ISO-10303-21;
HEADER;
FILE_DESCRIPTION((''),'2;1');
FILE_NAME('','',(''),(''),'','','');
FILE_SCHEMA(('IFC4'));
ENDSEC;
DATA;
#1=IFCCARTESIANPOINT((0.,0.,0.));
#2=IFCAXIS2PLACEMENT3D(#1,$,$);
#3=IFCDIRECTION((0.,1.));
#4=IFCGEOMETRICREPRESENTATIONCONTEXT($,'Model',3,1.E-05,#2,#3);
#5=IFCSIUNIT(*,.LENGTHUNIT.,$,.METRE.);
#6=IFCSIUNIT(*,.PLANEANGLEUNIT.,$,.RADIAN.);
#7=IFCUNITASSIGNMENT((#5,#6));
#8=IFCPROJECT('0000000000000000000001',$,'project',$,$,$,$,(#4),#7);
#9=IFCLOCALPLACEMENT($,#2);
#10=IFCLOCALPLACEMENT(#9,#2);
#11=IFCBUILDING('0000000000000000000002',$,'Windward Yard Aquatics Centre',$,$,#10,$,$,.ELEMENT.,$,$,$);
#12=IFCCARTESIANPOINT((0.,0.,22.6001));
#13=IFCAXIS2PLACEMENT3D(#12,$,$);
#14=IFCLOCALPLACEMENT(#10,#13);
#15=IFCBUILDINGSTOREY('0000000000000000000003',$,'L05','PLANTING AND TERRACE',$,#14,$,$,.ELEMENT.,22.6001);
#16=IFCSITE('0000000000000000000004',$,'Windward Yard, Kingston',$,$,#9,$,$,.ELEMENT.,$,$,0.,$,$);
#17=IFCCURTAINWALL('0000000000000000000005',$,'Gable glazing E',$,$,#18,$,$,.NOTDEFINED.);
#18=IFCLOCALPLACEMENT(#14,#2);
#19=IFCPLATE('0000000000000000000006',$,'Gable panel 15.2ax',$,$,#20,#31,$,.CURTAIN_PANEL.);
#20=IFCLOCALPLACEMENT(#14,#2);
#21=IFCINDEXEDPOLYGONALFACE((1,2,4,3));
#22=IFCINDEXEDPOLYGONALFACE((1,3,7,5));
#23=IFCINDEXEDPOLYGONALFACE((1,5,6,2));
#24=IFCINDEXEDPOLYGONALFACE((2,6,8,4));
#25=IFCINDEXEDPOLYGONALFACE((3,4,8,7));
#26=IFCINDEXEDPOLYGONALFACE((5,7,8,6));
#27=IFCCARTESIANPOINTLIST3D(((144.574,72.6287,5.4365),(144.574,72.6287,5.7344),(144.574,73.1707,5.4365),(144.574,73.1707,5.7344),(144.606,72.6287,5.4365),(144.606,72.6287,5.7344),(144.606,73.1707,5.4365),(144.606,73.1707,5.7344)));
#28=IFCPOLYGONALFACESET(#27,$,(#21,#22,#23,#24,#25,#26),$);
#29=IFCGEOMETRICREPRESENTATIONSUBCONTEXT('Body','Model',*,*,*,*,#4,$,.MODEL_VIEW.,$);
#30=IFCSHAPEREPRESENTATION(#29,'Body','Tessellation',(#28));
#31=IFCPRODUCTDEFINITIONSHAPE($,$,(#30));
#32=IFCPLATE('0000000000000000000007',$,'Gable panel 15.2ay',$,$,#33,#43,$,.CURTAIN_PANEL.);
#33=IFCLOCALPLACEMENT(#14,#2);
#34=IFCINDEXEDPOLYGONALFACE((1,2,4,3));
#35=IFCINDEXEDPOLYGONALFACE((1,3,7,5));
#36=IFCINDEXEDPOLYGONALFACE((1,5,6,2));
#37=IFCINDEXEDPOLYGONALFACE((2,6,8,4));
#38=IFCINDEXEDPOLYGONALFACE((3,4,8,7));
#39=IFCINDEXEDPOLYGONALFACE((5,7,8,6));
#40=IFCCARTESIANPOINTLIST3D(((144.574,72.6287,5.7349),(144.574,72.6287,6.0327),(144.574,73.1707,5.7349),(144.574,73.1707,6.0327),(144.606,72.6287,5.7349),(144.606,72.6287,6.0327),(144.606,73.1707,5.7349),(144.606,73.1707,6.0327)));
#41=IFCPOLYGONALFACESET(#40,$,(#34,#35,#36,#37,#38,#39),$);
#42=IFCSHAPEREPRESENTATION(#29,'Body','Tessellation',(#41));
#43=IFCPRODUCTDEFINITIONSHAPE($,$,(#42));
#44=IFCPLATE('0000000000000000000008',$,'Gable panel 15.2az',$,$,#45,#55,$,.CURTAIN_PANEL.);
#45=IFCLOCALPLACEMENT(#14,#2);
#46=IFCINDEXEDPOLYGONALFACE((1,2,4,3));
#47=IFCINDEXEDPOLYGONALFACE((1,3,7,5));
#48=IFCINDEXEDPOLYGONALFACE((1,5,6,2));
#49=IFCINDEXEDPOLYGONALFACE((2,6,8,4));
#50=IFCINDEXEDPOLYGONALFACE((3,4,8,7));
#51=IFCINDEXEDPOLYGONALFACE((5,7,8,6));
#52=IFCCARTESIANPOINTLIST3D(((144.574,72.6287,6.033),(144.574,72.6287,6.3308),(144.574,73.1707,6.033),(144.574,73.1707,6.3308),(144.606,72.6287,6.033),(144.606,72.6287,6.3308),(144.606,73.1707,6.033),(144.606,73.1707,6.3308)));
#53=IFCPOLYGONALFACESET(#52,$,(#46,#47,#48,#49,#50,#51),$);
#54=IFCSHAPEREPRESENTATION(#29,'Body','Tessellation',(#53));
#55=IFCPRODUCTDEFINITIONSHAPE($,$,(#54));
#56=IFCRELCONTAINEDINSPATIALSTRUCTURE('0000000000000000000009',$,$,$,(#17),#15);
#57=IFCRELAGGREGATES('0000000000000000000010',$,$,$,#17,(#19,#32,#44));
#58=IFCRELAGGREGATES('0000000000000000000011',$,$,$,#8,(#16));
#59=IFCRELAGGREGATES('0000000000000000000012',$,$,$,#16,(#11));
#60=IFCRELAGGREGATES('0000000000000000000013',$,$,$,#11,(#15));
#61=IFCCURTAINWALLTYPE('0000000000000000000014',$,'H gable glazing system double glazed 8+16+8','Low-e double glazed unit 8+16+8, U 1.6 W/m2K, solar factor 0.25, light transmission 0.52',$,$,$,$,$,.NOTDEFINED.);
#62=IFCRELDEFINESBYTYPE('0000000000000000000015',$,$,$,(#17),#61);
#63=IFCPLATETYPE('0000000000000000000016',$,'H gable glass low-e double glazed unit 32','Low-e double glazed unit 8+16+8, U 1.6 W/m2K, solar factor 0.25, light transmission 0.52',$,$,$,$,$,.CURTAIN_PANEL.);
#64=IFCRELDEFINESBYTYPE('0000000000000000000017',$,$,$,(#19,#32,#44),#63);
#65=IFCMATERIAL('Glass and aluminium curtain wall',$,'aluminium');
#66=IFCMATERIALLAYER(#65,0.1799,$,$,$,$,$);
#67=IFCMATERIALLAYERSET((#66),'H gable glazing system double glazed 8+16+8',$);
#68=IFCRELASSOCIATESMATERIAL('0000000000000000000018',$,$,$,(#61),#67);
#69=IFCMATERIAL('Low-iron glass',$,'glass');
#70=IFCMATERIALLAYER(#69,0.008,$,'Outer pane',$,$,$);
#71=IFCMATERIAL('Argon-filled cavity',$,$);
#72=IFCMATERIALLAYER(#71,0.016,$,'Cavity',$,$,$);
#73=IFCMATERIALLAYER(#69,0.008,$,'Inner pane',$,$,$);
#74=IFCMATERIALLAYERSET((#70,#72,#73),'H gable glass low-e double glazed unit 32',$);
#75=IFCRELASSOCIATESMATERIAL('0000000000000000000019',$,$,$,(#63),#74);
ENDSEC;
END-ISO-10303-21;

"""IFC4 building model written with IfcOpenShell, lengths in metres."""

from ifc_helpers import new_model, si_unit, direction, frame, origin, place, context, subcontext, project, spatial, polyline, outline, extrude, material, layer, layer_set, type_object, element, aggregate, save


model = new_model("IFC4")

# Units and contexts
model_context = context("Model", 3, precision=1e-05, world=origin(), true_north=direction((0.0, 1.0)))
body_context = subcontext(model_context, "Body", "Model", "MODEL_VIEW")
ifc_project = project(units=[si_unit("LENGTHUNIT", "METRE"), si_unit("PLANEANGLEUNIT", "RADIAN")], contexts=[model_context])

# Site, building, storey
site_placement = place(None, origin())
site = spatial("IfcSite", under=ifc_project, at=site_placement, Name="Windward Yard, Kingston", CompositionType="ELEMENT", RefElevation=0.0)
building_placement = place(site_placement, origin())
building = spatial("IfcBuilding", under=site, at=building_placement, Name="Windward Yard Aquatics Centre", CompositionType="ELEMENT")
storey_placement = place(building_placement, frame((0.0, 0.0, 22.6001)))
storey = spatial("IfcBuildingStorey", under=building, at=storey_placement, Name="L05", Description="PLANTING AND TERRACE", CompositionType="ELEMENT", Elevation=22.6001)

# Curtain wall, plates
ifc_material_1 = material(Name="Glass and aluminium curtain wall", Category="aluminium")
ifc_layer_1 = layer(ifc_material_1, 0.1799)
ifc_layer_set_1 = layer_set([ifc_layer_1], Name="H gable glazing system double glazed 8+16+8")
curtain_wall_type = type_object("IfcCurtainWallType", Name="H gable glazing system double glazed 8+16+8", Description="Low-e double glazed unit 8+16+8, U 1.6 W/m2K, solar factor 0.25, light transmission 0.52", PredefinedType="NOTDEFINED", material=ifc_layer_set_1)
curtain_wall_placement = place(storey_placement, origin())
curtain_wall = element("IfcCurtainWall", 1, at=curtain_wall_placement, inside=storey, type_object=curtain_wall_type, Name="Gable glazing E", PredefinedType="NOTDEFINED")
ifc_material_2 = material(Name="Low-iron glass", Category="glass")
ifc_layer_2 = layer(ifc_material_2, 0.008, Name="Outer pane")
ifc_material_3 = material(Name="Argon-filled cavity")
ifc_layer_3 = layer(ifc_material_3, 0.016, Name="Cavity")
ifc_layer_4 = layer(ifc_material_2, 0.008, Name="Inner pane")
ifc_layer_set_2 = layer_set([ifc_layer_2, ifc_layer_3, ifc_layer_4], Name="H gable glass low-e double glazed unit 32")
plate_type = type_object("IfcPlateType", Name="H gable glass low-e double glazed unit 32", Description="Low-e double glazed unit 8+16+8, U 1.6 W/m2K, solar factor 0.25, light transmission 0.52", PredefinedType="CURTAIN_PANEL", material=ifc_layer_set_2)
plate_1_placement = place(storey_placement, frame((144.606, 72.6287, 5.4365), z_axis=(1.0, 0.0, 0.0), x_axis=(0.0, 1.0, 0.0)))
plate_1 = element("IfcPlate", 2, at=plate_1_placement, type_object=plate_type, Name="Gable panel 15.2ax", PredefinedType="CURTAIN_PANEL", context=body_context, shape_type="SweptSolid", body=[
    extrude(outline(polyline([(0.0, 0.0), (0.542, 0.0), (0.542, 0.2979), (0.0, 0.2979), (0.0, 0.0)])), origin(), (0.0, 0.0, -1.0), 0.032),
])
plate_2_placement = place(storey_placement, frame((144.606, 72.6287, 5.7349), z_axis=(1.0, 0.0, 0.0), x_axis=(0.0, 1.0, 0.0)))
plate_2 = element("IfcPlate", 3, at=plate_2_placement, type_object=plate_type, Name="Gable panel 15.2ay", PredefinedType="CURTAIN_PANEL", context=body_context, shape_type="SweptSolid", body=[
    extrude(outline(polyline([(0.0, 0.0), (0.542, 0.0), (0.542, 0.2979), (0.0, 0.2979), (0.0, 0.0)])), origin(), (0.0, 0.0, -1.0), 0.032),
])
plate_3_placement = place(storey_placement, frame((144.606, 72.6287, 6.033), z_axis=(1.0, 0.0, 0.0), x_axis=(0.0, 1.0, 0.0)))
plate_3 = element("IfcPlate", 4, at=plate_3_placement, type_object=plate_type, Name="Gable panel 15.2az", PredefinedType="CURTAIN_PANEL", context=body_context, shape_type="SweptSolid", body=[
    extrude(outline(polyline([(0.0, 0.0), (0.542, 0.0), (0.542, 0.2979), (0.0, 0.2979), (0.0, 0.0)])), origin(), (0.0, 0.0, -1.0), 0.032),
])
aggregate(curtain_wall, [plate_1, plate_2, plate_3])

save(model, "model.ifc")
